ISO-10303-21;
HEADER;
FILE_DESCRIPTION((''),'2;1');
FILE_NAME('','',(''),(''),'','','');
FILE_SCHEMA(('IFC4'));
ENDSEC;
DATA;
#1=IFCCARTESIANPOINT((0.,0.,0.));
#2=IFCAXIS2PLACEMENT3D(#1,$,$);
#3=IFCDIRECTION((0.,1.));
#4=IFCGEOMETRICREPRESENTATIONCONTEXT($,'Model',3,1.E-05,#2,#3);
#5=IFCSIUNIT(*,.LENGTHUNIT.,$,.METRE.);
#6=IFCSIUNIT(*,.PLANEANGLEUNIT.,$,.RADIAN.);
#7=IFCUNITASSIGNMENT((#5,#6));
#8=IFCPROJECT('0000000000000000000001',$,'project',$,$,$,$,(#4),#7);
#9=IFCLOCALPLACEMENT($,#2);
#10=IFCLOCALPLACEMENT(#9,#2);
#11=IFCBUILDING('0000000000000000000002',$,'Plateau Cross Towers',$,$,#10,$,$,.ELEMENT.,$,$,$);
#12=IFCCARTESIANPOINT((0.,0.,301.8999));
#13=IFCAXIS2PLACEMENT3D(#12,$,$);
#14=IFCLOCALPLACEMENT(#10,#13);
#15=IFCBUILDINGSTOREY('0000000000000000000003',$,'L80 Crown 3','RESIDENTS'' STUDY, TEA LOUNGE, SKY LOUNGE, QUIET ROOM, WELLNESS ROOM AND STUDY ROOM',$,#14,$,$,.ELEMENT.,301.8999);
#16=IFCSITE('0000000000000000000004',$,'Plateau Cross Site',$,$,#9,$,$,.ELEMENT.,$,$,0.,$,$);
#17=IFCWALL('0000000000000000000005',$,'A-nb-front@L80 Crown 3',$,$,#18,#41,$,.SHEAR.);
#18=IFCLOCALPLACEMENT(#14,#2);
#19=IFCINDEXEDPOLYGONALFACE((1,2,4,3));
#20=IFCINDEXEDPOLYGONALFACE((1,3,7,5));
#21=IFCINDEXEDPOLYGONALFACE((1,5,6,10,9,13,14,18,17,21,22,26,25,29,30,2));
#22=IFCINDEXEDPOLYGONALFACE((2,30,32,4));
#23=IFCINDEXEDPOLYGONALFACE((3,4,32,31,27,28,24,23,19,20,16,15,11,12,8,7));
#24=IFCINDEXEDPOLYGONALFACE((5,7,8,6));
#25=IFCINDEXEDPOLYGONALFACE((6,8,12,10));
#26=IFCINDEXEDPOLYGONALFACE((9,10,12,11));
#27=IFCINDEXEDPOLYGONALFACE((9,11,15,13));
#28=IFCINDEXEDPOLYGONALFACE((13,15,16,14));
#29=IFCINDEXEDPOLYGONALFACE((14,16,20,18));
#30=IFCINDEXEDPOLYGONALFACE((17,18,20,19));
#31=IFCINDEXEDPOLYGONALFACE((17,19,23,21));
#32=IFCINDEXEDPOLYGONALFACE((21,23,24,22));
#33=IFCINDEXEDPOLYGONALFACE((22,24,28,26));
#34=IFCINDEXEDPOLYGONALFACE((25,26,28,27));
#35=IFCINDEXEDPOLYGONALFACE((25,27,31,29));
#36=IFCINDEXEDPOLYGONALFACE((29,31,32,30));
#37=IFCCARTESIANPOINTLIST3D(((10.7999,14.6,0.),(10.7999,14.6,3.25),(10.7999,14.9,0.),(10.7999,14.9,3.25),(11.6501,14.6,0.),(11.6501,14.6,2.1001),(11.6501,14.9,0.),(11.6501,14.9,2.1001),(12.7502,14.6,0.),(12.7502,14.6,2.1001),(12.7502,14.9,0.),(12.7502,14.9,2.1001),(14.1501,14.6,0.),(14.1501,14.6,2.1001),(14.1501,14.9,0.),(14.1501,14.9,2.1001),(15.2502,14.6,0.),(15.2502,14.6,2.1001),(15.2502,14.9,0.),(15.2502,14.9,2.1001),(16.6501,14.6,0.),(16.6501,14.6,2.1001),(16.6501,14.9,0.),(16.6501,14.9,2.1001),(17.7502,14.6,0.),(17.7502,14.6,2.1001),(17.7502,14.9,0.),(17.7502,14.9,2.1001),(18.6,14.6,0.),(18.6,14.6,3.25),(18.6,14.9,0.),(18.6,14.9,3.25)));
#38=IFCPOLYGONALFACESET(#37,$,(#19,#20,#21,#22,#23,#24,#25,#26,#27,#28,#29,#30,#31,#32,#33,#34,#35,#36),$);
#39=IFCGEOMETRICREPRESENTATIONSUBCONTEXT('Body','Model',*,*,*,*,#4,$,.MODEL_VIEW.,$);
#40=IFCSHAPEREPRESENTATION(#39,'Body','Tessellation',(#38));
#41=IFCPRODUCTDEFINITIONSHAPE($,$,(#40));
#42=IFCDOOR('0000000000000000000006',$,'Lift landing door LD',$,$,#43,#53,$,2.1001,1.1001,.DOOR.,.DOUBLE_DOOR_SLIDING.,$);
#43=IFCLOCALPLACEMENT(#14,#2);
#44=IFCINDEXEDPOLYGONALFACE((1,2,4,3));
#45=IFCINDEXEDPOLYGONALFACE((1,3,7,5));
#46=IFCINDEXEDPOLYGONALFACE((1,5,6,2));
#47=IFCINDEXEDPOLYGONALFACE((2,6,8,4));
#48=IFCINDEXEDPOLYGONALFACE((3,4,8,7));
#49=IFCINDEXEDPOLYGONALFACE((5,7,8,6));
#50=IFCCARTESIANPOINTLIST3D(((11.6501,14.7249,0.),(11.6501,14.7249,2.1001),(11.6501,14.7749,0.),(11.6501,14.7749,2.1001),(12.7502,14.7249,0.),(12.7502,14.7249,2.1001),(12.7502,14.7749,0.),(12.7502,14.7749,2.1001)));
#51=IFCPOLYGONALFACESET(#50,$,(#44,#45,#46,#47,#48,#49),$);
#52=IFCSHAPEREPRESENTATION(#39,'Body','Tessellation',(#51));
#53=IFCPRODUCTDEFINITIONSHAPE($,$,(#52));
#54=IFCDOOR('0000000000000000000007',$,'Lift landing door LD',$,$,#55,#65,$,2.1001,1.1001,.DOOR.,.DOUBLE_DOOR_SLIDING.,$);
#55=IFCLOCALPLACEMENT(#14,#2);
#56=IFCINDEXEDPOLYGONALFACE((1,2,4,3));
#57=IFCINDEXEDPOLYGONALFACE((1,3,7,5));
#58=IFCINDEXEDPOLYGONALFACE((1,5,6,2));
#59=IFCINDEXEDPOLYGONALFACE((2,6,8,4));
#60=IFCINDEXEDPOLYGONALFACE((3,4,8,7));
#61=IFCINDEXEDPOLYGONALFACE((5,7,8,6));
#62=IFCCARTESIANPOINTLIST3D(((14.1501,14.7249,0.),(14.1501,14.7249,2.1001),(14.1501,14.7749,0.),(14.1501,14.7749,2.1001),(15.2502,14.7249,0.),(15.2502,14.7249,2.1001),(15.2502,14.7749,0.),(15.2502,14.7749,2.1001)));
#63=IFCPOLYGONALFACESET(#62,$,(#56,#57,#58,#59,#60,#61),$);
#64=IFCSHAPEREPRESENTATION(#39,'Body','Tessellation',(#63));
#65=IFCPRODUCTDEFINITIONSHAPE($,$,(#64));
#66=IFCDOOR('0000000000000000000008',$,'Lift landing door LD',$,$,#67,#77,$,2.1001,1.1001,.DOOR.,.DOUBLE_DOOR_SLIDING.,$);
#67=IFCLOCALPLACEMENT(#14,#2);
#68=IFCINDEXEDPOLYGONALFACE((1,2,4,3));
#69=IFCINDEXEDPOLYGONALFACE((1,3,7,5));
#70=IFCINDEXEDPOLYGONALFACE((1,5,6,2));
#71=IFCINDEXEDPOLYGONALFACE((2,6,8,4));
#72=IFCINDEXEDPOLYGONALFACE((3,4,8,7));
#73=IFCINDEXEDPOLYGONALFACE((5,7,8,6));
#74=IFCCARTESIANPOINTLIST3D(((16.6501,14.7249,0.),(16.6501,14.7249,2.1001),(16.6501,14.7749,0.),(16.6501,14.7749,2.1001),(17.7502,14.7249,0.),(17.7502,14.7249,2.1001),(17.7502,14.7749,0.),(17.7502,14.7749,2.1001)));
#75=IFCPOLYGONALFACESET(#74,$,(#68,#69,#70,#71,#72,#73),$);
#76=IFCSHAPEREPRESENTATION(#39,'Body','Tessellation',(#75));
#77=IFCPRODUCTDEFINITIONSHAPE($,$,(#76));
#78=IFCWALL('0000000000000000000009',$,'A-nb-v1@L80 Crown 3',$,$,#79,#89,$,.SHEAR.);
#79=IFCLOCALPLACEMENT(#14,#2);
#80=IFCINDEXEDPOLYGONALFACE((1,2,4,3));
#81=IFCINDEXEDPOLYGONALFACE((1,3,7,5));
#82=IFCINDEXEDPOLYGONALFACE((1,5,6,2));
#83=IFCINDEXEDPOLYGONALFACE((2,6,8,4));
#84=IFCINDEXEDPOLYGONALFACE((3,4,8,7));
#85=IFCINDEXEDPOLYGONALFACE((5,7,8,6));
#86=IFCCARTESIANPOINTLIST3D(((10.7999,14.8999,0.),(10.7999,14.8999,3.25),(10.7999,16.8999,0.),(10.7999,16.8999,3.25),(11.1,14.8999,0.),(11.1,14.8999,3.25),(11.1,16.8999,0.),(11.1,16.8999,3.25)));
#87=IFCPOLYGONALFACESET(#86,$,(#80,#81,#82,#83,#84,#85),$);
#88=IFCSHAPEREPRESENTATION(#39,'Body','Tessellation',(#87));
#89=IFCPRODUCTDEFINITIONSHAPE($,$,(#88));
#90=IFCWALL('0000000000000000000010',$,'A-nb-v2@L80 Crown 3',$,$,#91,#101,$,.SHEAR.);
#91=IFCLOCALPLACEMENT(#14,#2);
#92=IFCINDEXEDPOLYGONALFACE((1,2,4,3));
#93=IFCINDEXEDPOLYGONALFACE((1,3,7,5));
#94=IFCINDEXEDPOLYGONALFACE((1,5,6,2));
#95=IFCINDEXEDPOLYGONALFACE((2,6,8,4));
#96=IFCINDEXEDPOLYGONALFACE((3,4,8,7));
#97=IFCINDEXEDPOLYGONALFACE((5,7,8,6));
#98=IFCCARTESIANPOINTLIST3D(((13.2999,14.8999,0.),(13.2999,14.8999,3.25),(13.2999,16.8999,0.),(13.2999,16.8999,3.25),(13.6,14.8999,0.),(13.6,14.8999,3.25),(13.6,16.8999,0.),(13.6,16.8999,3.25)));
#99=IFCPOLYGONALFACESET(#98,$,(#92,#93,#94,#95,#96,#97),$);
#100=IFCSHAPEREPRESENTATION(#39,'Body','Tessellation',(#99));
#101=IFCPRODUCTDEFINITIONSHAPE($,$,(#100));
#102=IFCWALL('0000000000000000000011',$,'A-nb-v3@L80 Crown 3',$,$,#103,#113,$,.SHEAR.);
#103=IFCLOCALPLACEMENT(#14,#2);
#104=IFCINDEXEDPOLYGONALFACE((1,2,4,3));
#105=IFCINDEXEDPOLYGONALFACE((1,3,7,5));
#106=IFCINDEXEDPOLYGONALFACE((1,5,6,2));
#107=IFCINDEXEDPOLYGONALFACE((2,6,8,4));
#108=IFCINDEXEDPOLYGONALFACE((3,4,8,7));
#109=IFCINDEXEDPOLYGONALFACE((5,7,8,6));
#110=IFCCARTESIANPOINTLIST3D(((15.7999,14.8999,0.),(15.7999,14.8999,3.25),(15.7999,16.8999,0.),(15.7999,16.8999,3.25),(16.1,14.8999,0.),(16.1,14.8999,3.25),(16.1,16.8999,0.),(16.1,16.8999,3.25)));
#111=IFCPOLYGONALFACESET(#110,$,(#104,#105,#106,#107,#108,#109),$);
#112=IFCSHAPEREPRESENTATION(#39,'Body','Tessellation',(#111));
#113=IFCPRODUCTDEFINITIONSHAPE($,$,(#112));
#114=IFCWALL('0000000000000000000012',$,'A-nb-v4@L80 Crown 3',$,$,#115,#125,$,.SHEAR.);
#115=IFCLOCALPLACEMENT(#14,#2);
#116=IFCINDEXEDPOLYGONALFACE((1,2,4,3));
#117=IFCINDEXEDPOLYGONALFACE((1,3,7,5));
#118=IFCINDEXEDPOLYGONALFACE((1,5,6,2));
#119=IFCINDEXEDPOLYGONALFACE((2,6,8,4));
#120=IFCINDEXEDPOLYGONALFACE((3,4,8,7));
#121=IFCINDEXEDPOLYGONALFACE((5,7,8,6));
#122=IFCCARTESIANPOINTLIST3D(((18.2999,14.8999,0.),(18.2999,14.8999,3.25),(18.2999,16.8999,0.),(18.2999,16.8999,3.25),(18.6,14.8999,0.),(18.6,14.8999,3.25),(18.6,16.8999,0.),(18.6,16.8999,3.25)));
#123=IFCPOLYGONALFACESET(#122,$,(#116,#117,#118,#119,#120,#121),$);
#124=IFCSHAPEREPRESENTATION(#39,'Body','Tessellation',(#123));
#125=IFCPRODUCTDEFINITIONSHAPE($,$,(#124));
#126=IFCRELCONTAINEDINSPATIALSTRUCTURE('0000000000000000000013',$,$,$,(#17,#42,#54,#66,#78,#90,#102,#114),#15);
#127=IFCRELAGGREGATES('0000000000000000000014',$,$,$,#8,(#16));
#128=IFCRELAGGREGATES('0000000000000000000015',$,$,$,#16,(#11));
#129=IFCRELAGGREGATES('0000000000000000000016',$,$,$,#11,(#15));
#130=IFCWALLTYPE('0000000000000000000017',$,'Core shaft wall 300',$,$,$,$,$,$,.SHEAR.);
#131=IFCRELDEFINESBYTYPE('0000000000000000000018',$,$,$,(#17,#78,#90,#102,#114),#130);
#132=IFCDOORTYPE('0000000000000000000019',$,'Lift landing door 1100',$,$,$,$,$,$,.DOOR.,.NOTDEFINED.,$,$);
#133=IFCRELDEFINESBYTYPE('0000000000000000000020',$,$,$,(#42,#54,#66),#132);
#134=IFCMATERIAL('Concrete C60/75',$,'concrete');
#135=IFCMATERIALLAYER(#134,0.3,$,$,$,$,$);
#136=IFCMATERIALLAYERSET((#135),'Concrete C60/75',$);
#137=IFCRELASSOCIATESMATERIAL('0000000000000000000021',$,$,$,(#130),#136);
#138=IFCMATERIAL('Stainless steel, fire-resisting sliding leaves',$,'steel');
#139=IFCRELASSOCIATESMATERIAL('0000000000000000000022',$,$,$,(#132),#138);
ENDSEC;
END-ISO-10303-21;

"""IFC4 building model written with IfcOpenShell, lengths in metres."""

from ifc_helpers import new_model, si_unit, direction, frame, frame_2d, origin, place, context, subcontext, project, spatial, rectangle, extrude, material, layer, layer_set, type_object, element, fill, save


model = new_model("IFC4")

# Units and contexts
model_context = context("Model", 3, precision=1e-05, world=origin(), true_north=direction((0.0, 1.0)))
body_context = subcontext(model_context, "Body", "Model", "MODEL_VIEW")
ifc_project = project(units=[si_unit("LENGTHUNIT", "METRE"), si_unit("PLANEANGLEUNIT", "RADIAN")], contexts=[model_context])

# Site, building, storey
site_placement = place(None, origin())
site = spatial("IfcSite", under=ifc_project, at=site_placement, Name="Plateau Cross Site", CompositionType="ELEMENT", RefElevation=0.0)
building_placement = place(site_placement, origin())
building = spatial("IfcBuilding", under=site, at=building_placement, Name="Plateau Cross Towers", CompositionType="ELEMENT")
storey_placement = place(building_placement, frame((0.0, 0.0, 301.8999)))
storey = spatial("IfcBuildingStorey", under=building, at=storey_placement, Name="L80 Crown 3", Description="RESIDENTS' STUDY, TEA LOUNGE, SKY LOUNGE, QUIET ROOM, WELLNESS ROOM AND STUDY ROOM", CompositionType="ELEMENT", Elevation=301.8999)

# Shared definitions
ifc_material_1 = material(Name="Concrete C60/75", Category="concrete")

# Shared definitions
ifc_layer_1 = layer(ifc_material_1, 0.3)
ifc_layer_set_1 = layer_set([ifc_layer_1], Name="Concrete C60/75")
wall_type_1 = type_object("IfcWallType", Name="Core shaft wall 300", PredefinedType="SHEAR", material=ifc_layer_set_1)

# Wall, openings, doors
wall_1_placement = place(storey_placement, frame((10.8, 14.75, 0.0), z_axis=(0.0, 0.0, 1.0), x_axis=(1.0, 0.0, 0.0)))
wall_1 = element("IfcWall", 1, at=wall_1_placement, inside=storey, type_object=wall_type_1, Name="A-nb-front@L80 Crown 3", PredefinedType="SHEAR", context=body_context, shape_type="SweptSolid", body=[
    extrude(rectangle(XDim=7.8, YDim=0.3, at=frame_2d((3.8999, 0.0))), origin(), (0.0, 0.0, 1.0), 3.25),
])
opening_1_placement = place(wall_1_placement, frame((0.8501, 0.0, 0.0)))
opening_1 = element("IfcOpeningElement", 2, at=opening_1_placement, cuts=wall_1, PredefinedType="OPENING", context=body_context, shape_type="SweptSolid", body=[
    extrude(rectangle(XDim=1.1001, YDim=2.1001, at=frame_2d((0.55, 1.05))), frame((0.0, 0.1599, 0.0), z_axis=(0.0, -1.0, 0.0), x_axis=(1.0, 0.0, 0.0)), (0.0, 0.0, 1.0), 0.3201),
])
opening_2_placement = place(wall_1_placement, frame((3.3501, 0.0, 0.0)))
opening_2 = element("IfcOpeningElement", 3, at=opening_2_placement, cuts=wall_1, PredefinedType="OPENING", context=body_context, shape_type="SweptSolid", body=[
    extrude(rectangle(XDim=1.1001, YDim=2.1001, at=frame_2d((0.55, 1.05))), frame((0.0, 0.1599, 0.0), z_axis=(0.0, -1.0, 0.0), x_axis=(1.0, 0.0, 0.0)), (0.0, 0.0, 1.0), 0.3201),
])
opening_3_placement = place(wall_1_placement, frame((5.8501, 0.0, 0.0)))
opening_3 = element("IfcOpeningElement", 4, at=opening_3_placement, cuts=wall_1, PredefinedType="OPENING", context=body_context, shape_type="SweptSolid", body=[
    extrude(rectangle(XDim=1.1001, YDim=2.1001, at=frame_2d((0.55, 1.05))), frame((0.0, 0.1599, 0.0), z_axis=(0.0, -1.0, 0.0), x_axis=(1.0, 0.0, 0.0)), (0.0, 0.0, 1.0), 0.3201),
])
ifc_material_2 = material(Name="Stainless steel, fire-resisting sliding leaves", Category="steel")
door_type_1 = type_object("IfcDoorType", Name="Lift landing door 1100", OperationType="NOTDEFINED", PredefinedType="DOOR", material=ifc_material_2)
door_1_placement = place(opening_1_placement, origin())
door_1 = element("IfcDoor", 5, at=door_1_placement, inside=storey, type_object=door_type_1, Name="Lift landing door LD", OperationType="DOUBLE_DOOR_SLIDING", OverallHeight=2.1001, OverallWidth=1.1001, PredefinedType="DOOR", context=body_context, shape_type="SweptSolid", body=[
    extrude(rectangle(XDim=1.1001, YDim=2.1001, at=frame_2d((0.55, 1.05))), frame((0.0, 0.0249, 0.0), z_axis=(0.0, -1.0, 0.0), x_axis=(1.0, 0.0, 0.0)), (0.0, 0.0, 1.0), 0.05),
])
fill(opening_1, door_1)
door_2_placement = place(opening_2_placement, origin())
door_2 = element("IfcDoor", 6, at=door_2_placement, inside=storey, type_object=door_type_1, Name="Lift landing door LD", OperationType="DOUBLE_DOOR_SLIDING", OverallHeight=2.1001, OverallWidth=1.1001, PredefinedType="DOOR", context=body_context, shape_type="SweptSolid", body=[
    extrude(rectangle(XDim=1.1001, YDim=2.1001, at=frame_2d((0.55, 1.05))), frame((0.0, 0.0249, 0.0), z_axis=(0.0, -1.0, 0.0), x_axis=(1.0, 0.0, 0.0)), (0.0, 0.0, 1.0), 0.05),
])
fill(opening_2, door_2)
door_3_placement = place(opening_3_placement, origin())
door_3 = element("IfcDoor", 7, at=door_3_placement, inside=storey, type_object=door_type_1, Name="Lift landing door LD", OperationType="DOUBLE_DOOR_SLIDING", OverallHeight=2.1001, OverallWidth=1.1001, PredefinedType="DOOR", context=body_context, shape_type="SweptSolid", body=[
    extrude(rectangle(XDim=1.1001, YDim=2.1001, at=frame_2d((0.55, 1.05))), frame((0.0, 0.0249, 0.0), z_axis=(0.0, -1.0, 0.0), x_axis=(1.0, 0.0, 0.0)), (0.0, 0.0, 1.0), 0.05),
])
fill(opening_3, door_3)

# Walls
for number, where, z_axis, x_axis, name in (
    (8, (10.95, 14.8999, 0.0), (0.0, 0.0, 1.0), (0.0, 1.0, 0.0), "A-nb-v1@L80 Crown 3"),
    (9, (13.45, 14.8999, 0.0), (0.0, 0.0, 1.0), (0.0, 1.0, 0.0), "A-nb-v2@L80 Crown 3"),
    (10, (15.95, 14.8999, 0.0), (0.0, 0.0, 1.0), (0.0, 1.0, 0.0), "A-nb-v3@L80 Crown 3"),
    (11, (18.45, 14.8999, 0.0), (0.0, 0.0, 1.0), (0.0, 1.0, 0.0), "A-nb-v4@L80 Crown 3"),
):
    element("IfcWall", number, at=place(storey_placement, frame(where, z_axis=z_axis, x_axis=x_axis)), inside=storey, type_object=wall_type_1, Name=name, PredefinedType="SHEAR", context=body_context, shape_type="SweptSolid", body=[
        extrude(rectangle(XDim=2.0, YDim=0.3, at=frame_2d((1.0, 0.0))), origin(), (0.0, 0.0, 1.0), 3.25),
    ])

save(model, "model.ifc")
